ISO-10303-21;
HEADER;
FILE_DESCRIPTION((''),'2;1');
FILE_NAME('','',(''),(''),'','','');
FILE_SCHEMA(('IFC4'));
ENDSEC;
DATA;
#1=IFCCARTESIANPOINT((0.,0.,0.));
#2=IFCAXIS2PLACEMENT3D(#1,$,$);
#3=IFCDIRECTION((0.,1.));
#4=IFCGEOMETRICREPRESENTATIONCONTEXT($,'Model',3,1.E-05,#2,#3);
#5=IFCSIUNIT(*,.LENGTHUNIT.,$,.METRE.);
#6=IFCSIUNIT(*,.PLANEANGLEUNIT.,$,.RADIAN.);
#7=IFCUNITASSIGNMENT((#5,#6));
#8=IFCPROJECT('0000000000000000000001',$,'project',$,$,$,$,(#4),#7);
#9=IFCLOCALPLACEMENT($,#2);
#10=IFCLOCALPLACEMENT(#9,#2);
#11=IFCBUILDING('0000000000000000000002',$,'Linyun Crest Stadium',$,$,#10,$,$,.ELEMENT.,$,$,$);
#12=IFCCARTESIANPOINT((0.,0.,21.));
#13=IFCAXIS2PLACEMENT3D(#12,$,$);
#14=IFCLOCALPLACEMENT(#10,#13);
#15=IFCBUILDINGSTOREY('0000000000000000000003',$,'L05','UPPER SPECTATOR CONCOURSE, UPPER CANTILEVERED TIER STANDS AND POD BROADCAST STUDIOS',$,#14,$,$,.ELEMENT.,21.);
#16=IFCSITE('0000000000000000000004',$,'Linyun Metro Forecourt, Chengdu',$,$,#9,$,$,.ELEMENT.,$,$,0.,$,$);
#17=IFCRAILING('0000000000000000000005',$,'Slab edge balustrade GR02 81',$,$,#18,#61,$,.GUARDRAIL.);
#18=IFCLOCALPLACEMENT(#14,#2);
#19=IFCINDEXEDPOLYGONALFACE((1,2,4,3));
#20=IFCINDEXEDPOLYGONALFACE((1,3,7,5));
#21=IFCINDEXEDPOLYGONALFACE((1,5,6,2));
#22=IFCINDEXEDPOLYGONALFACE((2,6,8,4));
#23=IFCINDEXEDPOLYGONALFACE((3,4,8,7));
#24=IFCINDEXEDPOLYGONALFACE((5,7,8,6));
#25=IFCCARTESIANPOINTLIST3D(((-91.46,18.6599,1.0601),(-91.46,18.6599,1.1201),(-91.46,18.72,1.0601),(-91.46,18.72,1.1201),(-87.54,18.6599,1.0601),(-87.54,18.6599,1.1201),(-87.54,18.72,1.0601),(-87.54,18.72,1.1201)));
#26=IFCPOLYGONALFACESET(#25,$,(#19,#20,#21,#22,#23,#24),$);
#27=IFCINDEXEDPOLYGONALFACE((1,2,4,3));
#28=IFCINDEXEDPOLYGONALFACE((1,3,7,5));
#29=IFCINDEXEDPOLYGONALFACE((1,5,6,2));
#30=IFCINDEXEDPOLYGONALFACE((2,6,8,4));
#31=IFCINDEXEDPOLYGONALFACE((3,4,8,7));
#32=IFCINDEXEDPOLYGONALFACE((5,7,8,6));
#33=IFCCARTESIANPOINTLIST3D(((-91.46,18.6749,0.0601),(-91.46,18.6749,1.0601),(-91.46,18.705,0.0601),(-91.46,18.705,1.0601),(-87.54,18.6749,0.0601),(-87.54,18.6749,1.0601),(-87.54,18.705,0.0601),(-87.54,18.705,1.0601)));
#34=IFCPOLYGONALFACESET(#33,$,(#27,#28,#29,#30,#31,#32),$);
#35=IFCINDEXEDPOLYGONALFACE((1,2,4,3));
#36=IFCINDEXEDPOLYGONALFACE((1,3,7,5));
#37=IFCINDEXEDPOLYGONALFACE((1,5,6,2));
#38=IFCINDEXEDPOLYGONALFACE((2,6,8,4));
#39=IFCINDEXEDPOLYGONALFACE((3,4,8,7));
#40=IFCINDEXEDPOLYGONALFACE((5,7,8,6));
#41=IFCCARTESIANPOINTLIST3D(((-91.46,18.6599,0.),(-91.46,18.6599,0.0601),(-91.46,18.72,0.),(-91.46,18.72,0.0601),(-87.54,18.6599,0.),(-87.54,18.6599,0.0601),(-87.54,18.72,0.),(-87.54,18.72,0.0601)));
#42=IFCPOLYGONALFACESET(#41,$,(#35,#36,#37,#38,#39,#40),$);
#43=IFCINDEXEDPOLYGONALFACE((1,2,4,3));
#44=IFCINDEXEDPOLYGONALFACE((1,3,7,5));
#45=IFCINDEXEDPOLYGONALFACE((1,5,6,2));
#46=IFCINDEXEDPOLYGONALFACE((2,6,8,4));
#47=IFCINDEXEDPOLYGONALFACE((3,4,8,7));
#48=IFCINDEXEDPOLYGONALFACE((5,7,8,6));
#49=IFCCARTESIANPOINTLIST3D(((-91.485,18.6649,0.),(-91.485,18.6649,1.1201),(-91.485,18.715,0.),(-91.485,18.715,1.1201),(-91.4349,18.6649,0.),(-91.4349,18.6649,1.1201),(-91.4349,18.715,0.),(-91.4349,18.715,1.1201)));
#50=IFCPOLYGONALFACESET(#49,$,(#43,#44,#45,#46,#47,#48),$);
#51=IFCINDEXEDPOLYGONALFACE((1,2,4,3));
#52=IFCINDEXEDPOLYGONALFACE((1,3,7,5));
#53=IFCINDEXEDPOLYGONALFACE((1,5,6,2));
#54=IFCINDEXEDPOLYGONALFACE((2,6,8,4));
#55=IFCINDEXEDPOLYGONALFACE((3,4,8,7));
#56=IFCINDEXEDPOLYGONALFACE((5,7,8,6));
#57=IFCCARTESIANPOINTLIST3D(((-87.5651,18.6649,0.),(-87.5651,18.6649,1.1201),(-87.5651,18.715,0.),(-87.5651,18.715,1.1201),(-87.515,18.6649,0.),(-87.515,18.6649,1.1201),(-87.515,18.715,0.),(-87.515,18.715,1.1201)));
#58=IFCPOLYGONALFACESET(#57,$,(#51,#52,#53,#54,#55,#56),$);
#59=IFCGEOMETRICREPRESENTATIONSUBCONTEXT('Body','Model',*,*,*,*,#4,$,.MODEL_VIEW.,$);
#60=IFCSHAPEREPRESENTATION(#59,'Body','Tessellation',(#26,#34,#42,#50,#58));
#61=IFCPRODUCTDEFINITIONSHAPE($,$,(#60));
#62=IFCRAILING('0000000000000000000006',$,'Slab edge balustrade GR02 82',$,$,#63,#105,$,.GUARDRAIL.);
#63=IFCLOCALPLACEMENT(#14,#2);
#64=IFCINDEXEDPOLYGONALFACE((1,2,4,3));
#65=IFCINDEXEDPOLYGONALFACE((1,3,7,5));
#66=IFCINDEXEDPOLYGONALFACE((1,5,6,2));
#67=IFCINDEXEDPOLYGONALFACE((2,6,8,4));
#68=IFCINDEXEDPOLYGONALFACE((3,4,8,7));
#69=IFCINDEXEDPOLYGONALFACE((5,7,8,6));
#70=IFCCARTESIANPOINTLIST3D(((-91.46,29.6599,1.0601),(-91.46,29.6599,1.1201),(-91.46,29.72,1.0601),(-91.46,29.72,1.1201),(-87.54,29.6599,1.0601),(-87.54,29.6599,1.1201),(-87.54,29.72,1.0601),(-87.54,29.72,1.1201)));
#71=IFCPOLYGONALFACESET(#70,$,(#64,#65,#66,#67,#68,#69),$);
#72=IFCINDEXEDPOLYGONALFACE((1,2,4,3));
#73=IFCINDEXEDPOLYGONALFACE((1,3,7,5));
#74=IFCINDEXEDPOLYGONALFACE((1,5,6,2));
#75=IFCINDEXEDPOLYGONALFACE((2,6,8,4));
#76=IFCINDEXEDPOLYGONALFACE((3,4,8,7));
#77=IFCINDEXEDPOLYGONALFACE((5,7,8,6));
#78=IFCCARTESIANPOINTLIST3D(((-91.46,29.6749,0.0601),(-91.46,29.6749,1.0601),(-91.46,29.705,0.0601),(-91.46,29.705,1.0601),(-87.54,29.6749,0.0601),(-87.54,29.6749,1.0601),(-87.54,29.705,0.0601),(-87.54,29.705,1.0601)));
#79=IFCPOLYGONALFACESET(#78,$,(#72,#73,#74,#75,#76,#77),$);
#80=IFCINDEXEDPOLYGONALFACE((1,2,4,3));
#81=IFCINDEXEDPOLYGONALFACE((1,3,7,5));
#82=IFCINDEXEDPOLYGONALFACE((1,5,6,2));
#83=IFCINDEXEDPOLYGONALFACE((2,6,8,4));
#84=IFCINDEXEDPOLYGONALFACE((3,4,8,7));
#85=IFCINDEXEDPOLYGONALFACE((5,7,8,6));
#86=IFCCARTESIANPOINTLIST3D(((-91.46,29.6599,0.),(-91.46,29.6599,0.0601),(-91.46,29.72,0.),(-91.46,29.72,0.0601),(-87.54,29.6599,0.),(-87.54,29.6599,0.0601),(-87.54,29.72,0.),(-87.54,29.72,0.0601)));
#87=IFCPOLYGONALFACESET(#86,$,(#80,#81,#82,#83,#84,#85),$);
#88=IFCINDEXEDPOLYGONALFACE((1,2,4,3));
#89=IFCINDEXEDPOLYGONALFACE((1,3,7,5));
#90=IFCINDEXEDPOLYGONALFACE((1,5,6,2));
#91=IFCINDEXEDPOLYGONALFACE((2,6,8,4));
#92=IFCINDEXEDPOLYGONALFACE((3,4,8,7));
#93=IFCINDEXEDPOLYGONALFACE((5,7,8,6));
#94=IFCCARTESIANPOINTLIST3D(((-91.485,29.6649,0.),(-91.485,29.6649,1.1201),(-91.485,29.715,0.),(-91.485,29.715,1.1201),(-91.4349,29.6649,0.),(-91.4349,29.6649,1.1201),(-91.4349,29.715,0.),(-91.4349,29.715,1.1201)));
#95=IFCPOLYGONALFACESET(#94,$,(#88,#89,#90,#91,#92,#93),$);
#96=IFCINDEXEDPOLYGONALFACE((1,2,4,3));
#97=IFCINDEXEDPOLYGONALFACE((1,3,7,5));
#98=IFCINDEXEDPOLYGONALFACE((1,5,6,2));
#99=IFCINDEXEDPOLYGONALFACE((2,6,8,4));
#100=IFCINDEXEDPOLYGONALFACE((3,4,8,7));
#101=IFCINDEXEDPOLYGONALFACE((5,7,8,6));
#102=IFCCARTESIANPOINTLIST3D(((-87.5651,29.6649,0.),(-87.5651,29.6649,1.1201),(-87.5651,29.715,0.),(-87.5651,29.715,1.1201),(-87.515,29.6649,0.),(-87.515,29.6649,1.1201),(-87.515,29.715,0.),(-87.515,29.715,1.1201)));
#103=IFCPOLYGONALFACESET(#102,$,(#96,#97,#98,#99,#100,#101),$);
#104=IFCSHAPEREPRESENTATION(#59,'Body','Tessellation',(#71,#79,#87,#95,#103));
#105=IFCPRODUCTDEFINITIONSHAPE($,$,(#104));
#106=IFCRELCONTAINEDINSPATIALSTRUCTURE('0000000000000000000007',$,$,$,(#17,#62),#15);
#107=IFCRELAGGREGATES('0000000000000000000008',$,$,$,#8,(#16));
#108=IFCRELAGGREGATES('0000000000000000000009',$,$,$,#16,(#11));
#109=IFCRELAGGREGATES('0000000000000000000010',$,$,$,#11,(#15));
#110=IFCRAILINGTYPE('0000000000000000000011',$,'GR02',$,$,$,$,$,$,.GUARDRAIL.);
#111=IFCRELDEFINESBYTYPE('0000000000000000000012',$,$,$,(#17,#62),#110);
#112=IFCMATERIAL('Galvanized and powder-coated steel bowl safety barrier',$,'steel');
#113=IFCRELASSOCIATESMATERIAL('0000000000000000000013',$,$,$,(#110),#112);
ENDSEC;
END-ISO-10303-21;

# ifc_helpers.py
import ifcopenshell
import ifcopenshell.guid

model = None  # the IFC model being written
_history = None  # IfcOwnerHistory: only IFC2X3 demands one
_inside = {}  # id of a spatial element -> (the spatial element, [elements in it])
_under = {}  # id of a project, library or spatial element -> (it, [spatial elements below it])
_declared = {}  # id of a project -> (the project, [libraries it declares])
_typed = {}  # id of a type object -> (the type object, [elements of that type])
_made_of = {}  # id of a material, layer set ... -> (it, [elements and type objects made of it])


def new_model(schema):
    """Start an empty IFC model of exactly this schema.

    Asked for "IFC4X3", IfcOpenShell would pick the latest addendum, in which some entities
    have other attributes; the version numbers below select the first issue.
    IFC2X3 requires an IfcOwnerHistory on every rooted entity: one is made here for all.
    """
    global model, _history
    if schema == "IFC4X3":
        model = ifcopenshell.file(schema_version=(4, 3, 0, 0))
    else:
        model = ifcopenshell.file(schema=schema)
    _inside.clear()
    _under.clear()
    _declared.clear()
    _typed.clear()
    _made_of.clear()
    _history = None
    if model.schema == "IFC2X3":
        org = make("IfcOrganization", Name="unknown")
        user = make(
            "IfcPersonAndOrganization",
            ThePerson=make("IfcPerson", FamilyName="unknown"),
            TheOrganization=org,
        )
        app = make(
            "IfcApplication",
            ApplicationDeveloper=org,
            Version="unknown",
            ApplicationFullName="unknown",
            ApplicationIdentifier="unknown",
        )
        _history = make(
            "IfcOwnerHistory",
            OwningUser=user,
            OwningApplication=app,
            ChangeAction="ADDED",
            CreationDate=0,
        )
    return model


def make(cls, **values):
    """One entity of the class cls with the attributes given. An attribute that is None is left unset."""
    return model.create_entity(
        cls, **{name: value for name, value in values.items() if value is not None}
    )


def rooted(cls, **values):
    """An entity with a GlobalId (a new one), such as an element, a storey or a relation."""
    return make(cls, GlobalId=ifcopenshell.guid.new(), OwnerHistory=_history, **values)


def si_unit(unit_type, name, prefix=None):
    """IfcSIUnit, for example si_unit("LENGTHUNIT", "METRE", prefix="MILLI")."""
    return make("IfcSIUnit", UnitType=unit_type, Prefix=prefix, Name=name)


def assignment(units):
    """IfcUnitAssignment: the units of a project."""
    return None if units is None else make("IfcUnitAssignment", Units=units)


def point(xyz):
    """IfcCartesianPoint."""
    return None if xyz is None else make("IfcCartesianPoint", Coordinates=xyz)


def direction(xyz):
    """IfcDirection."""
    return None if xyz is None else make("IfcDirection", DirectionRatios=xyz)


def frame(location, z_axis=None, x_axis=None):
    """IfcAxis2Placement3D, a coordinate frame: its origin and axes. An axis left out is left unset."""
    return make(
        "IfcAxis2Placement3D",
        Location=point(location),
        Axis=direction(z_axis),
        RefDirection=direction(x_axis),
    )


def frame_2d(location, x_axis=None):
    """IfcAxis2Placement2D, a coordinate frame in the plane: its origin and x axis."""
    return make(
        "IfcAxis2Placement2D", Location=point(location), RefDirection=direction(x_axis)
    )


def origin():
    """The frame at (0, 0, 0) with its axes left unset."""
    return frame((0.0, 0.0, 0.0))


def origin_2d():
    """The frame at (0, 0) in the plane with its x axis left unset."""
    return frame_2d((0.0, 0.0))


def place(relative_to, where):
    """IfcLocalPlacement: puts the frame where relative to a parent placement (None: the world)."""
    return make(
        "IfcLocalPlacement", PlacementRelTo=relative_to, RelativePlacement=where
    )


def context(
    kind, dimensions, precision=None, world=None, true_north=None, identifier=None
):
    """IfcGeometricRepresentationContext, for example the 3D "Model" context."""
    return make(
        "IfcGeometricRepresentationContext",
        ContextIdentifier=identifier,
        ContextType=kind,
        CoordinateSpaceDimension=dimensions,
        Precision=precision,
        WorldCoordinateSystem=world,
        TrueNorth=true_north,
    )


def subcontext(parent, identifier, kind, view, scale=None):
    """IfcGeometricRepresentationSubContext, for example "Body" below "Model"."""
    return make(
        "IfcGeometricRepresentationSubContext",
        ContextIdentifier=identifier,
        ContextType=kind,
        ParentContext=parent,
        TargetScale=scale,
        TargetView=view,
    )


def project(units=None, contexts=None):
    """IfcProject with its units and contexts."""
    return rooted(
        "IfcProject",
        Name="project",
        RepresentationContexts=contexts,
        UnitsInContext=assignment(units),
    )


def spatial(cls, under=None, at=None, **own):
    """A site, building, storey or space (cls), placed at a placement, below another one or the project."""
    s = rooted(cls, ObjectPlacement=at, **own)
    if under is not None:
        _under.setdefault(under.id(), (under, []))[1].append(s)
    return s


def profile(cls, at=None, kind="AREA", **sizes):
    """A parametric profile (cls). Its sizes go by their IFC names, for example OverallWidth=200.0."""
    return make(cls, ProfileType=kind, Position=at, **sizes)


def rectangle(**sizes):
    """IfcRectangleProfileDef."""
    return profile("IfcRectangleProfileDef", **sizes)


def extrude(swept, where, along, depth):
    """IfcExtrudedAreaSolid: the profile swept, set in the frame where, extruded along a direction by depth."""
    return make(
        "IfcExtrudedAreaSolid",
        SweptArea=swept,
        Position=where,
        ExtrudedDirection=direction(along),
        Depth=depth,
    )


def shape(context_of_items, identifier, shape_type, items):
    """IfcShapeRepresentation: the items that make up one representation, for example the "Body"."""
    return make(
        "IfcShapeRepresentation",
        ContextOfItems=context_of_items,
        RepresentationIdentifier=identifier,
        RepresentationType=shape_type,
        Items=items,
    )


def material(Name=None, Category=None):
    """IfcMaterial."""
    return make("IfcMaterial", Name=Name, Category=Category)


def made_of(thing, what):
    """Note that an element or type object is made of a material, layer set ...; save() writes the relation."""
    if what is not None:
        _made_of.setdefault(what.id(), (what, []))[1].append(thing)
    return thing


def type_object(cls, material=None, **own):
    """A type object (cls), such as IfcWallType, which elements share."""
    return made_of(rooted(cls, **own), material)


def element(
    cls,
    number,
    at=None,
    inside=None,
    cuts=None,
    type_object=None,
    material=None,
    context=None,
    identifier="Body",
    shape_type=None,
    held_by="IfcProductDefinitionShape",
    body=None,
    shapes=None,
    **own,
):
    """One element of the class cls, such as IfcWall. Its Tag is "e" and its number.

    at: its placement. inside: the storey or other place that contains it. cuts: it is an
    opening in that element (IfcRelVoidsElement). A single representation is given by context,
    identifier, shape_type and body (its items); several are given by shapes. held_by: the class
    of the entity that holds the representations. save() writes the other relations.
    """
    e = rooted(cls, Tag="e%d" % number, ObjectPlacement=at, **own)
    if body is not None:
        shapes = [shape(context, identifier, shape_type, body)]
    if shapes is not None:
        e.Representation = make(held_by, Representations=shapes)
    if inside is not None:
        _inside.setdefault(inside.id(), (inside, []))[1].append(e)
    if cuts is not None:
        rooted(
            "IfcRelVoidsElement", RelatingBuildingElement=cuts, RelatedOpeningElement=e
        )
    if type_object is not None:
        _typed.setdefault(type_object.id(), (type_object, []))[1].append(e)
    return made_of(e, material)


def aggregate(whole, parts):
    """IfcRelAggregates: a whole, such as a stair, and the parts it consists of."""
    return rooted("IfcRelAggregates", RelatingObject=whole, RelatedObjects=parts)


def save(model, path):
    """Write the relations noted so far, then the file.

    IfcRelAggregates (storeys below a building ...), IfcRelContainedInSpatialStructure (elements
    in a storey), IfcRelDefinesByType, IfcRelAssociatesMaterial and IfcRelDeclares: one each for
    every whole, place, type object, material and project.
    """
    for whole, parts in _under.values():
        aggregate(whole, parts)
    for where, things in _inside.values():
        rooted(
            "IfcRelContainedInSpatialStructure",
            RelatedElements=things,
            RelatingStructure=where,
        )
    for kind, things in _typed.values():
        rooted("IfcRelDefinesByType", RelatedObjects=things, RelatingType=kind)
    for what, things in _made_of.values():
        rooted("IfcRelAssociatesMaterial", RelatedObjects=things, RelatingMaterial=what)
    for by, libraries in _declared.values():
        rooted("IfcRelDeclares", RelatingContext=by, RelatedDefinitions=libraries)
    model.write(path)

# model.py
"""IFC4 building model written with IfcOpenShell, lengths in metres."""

from ifc_helpers import new_model, si_unit, direction, frame, origin, origin_2d, place, context, subcontext, project, spatial, rectangle, extrude, material, type_object, element, save


model = new_model("IFC4")

# Units and contexts
model_context = context("Model", 3, precision=1e-05, world=origin(), true_north=direction((0.0, 1.0)))
body_context = subcontext(model_context, "Body", "Model", "MODEL_VIEW")
ifc_project = project(units=[si_unit("LENGTHUNIT", "METRE"), si_unit("PLANEANGLEUNIT", "RADIAN")], contexts=[model_context])

# Site, building, storey
site_placement = place(None, origin())
site = spatial("IfcSite", under=ifc_project, at=site_placement, Name="Linyun Metro Forecourt, Chengdu", CompositionType="ELEMENT", RefElevation=0.0)
building_placement = place(site_placement, origin())
building = spatial("IfcBuilding", under=site, at=building_placement, Name="Linyun Crest Stadium", CompositionType="ELEMENT")
storey_placement = place(building_placement, frame((0.0, 0.0, 21.0)))
storey = spatial("IfcBuildingStorey", under=building, at=storey_placement, Name="L05", Description="UPPER SPECTATOR CONCOURSE, UPPER CANTILEVERED TIER STANDS AND POD BROADCAST STUDIOS", CompositionType="ELEMENT", Elevation=21.0)

# Railings
ifc_material_1 = material(Name="Galvanized and powder-coated steel bowl safety barrier", Category="steel")
railing_type_1 = type_object("IfcRailingType", Name="GR02", PredefinedType="GUARDRAIL", material=ifc_material_1)
for number, where, name in (
    (1, (-91.46, 18.6899, 0.0), "Slab edge balustrade GR02 81"),
    (2, (-91.46, 29.6899, 0.0), "Slab edge balustrade GR02 82"),
):
    element("IfcRailing", number, at=place(storey_placement, frame(where)), inside=storey, type_object=railing_type_1, Name=name, PredefinedType="GUARDRAIL", context=body_context, shape_type="SweptSolid", body=[
        extrude(rectangle(XDim=0.0601, YDim=0.0601, at=origin_2d()), frame((0.0, 0.0, 1.0901), z_axis=(1.0, 0.0, 0.0), x_axis=(0.0, 1.0, 0.0)), (0.0, 0.0, 1.0), 3.9199),
        extrude(rectangle(XDim=0.03, YDim=1.0, at=origin_2d()), frame((0.0, 0.0, 0.5601), z_axis=(1.0, 0.0, 0.0), x_axis=(0.0, 1.0, 0.0)), (0.0, 0.0, 1.0), 3.9199),
        extrude(rectangle(XDim=0.0601, YDim=0.0601, at=origin_2d()), frame((0.0, 0.0, 0.03), z_axis=(1.0, 0.0, 0.0), x_axis=(0.0, 1.0, 0.0)), (0.0, 0.0, 1.0), 3.9199),
        extrude(rectangle(XDim=0.05, YDim=0.05, at=origin_2d()), origin(), (0.0, 0.0, 1.0), 1.1201),
        extrude(rectangle(XDim=0.05, YDim=0.05, at=origin_2d()), frame((3.9199, 0.0, 0.0)), (0.0, 0.0, 1.0), 1.1201),
    ])

save(model, "model.ifc")
